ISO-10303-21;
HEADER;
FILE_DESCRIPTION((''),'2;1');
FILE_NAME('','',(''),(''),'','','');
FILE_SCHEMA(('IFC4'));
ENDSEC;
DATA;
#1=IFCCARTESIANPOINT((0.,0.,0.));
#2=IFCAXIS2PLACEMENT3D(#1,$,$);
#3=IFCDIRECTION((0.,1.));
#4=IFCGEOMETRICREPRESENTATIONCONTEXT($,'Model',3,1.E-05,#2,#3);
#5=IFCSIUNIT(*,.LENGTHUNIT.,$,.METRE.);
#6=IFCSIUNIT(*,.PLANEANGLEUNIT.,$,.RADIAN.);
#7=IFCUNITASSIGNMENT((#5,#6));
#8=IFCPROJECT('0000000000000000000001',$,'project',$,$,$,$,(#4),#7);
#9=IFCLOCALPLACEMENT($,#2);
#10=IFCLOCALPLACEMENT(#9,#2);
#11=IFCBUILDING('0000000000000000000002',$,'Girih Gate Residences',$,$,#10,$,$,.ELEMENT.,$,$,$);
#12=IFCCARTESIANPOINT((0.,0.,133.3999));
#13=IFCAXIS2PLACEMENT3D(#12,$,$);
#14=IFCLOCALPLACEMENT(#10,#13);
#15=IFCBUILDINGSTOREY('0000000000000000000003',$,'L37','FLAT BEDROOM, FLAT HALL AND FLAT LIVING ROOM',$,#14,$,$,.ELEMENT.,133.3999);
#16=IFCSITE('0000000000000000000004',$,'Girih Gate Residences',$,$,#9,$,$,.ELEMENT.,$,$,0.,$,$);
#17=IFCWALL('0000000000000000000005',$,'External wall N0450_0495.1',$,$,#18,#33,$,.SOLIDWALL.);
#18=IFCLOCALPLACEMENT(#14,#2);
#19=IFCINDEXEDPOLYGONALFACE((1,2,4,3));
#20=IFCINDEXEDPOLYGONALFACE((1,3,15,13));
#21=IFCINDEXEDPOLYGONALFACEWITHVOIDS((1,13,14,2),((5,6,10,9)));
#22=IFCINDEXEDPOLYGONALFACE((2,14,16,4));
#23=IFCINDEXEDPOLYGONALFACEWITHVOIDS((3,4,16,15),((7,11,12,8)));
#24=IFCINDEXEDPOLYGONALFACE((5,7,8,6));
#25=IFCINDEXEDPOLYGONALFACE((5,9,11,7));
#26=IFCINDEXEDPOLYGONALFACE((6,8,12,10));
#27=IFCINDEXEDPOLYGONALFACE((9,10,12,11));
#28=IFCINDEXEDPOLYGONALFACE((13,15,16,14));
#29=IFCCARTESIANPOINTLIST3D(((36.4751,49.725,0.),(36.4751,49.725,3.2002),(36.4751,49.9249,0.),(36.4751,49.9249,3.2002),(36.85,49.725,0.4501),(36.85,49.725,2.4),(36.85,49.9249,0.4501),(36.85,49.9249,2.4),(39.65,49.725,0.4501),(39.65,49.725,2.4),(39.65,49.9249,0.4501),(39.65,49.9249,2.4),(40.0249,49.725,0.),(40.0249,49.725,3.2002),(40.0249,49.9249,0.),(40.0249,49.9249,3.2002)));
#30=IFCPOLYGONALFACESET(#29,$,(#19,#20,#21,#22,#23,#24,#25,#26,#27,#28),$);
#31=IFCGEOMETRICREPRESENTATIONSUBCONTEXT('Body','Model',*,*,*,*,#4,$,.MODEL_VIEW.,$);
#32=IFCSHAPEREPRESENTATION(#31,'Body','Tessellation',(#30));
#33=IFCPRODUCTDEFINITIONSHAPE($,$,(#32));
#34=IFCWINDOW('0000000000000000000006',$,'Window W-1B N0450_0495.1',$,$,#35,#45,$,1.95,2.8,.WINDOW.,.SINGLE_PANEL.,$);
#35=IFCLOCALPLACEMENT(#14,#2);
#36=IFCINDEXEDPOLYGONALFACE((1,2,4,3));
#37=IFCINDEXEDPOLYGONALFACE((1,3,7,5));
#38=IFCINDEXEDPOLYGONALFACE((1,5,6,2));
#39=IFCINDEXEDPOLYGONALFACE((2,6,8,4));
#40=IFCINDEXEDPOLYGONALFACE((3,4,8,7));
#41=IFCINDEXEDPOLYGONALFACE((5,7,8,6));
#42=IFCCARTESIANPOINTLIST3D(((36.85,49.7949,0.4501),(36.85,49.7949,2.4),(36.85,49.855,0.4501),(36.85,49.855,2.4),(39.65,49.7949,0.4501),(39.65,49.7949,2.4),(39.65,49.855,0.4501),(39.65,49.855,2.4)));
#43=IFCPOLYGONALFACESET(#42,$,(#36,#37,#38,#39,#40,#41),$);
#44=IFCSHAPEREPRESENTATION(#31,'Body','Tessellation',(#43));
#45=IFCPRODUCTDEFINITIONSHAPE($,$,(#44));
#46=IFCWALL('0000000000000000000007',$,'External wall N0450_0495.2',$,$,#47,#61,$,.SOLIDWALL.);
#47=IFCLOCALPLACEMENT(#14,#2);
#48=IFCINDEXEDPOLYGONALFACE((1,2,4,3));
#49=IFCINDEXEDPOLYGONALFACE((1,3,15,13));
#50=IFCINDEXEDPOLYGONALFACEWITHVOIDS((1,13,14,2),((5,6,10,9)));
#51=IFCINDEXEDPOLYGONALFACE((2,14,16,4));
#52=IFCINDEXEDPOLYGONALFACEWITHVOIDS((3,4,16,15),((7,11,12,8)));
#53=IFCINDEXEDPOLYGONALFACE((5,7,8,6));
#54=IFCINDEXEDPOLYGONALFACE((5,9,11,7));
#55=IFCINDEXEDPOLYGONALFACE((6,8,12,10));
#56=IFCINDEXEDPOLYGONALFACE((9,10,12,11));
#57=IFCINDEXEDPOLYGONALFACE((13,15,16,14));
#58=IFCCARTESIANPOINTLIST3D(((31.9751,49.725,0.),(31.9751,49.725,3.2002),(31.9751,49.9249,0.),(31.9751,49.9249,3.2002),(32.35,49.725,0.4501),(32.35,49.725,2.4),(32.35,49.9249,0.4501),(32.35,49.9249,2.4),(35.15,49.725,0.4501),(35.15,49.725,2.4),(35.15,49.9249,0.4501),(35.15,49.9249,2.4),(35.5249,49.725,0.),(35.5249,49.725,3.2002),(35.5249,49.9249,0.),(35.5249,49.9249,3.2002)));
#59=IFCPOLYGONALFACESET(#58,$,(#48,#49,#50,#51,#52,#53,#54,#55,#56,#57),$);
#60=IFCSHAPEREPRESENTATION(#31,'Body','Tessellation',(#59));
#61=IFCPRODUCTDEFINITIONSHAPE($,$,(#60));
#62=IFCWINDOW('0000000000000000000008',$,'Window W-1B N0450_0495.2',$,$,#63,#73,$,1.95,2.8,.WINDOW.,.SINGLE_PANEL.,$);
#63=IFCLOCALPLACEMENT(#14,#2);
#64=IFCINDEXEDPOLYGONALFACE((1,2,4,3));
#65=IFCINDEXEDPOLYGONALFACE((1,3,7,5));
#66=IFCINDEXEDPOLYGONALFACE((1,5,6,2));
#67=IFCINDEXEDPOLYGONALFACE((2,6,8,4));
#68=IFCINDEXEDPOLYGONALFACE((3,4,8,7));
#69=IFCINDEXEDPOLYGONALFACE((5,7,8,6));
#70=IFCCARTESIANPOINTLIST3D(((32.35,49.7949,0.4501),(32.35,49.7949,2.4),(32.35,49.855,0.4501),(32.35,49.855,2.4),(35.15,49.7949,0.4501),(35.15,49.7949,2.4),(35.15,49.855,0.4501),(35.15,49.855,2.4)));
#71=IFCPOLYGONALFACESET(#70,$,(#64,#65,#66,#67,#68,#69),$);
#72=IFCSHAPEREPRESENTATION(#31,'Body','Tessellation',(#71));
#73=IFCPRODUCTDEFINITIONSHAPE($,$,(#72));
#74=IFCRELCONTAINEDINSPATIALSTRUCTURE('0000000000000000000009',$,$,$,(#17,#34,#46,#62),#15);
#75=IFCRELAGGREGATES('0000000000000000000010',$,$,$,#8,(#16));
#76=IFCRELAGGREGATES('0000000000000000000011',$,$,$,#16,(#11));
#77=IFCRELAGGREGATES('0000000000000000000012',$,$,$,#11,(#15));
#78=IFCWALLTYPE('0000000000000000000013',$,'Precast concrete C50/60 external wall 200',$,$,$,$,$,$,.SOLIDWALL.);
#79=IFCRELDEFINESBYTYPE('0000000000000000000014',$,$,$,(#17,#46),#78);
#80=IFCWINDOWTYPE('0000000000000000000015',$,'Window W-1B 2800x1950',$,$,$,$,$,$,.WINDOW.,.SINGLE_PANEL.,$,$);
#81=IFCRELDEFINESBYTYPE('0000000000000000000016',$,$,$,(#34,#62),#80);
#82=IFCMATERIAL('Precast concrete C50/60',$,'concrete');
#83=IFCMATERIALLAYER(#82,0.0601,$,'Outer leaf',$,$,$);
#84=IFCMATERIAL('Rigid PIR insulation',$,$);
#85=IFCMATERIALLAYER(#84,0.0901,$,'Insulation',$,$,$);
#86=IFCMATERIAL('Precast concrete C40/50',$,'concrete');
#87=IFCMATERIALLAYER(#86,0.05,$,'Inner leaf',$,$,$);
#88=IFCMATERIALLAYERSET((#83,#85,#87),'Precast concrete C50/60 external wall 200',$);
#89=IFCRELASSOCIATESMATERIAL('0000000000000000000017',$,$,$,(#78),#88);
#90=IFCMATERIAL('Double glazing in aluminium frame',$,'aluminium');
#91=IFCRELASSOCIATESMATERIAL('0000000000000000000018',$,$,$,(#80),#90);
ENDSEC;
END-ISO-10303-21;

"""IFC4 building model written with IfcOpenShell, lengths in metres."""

from ifc_helpers import new_model, si_unit, direction, frame, frame_2d, origin, place, context, subcontext, project, spatial, rectangle, extrude, material, layer, layer_set, type_object, element, fill, save


model = new_model("IFC4")

# Units and contexts
model_context = context("Model", 3, precision=1e-05, world=origin(), true_north=direction((0.0, 1.0)))
body_context = subcontext(model_context, "Body", "Model", "MODEL_VIEW")
ifc_project = project(units=[si_unit("LENGTHUNIT", "METRE"), si_unit("PLANEANGLEUNIT", "RADIAN")], contexts=[model_context])

# Site, building, storey
site_placement = place(None, origin())
site = spatial("IfcSite", under=ifc_project, at=site_placement, Name="Girih Gate Residences", CompositionType="ELEMENT", RefElevation=0.0)
building_placement = place(site_placement, origin())
building = spatial("IfcBuilding", under=site, at=building_placement, Name="Girih Gate Residences", CompositionType="ELEMENT")
storey_placement = place(building_placement, frame((0.0, 0.0, 133.3999)))
storey = spatial("IfcBuildingStorey", under=building, at=storey_placement, Name="L37", Description="FLAT BEDROOM, FLAT HALL AND FLAT LIVING ROOM", CompositionType="ELEMENT", Elevation=133.3999)

# Walls, openings, windows
ifc_material_1 = material(Name="Precast concrete C50/60", Category="concrete")
ifc_layer_1 = layer(ifc_material_1, 0.0601, Name="Outer leaf")
ifc_material_2 = material(Name="Rigid PIR insulation")
ifc_layer_2 = layer(ifc_material_2, 0.0901, Name="Insulation")
ifc_material_3 = material(Name="Precast concrete C40/50", Category="concrete")
ifc_layer_3 = layer(ifc_material_3, 0.05, Name="Inner leaf")
ifc_layer_set_1 = layer_set([ifc_layer_1, ifc_layer_2, ifc_layer_3], Name="Precast concrete C50/60 external wall 200")
wall_type_1 = type_object("IfcWallType", Name="Precast concrete C50/60 external wall 200", PredefinedType="SOLIDWALL", material=ifc_layer_set_1)
wall_1_placement = place(storey_placement, frame((36.4751, 49.825, 0.0), z_axis=(0.0, 0.0, 1.0), x_axis=(1.0, 0.0, 0.0)))
wall_1 = element("IfcWall", 1, at=wall_1_placement, inside=storey, type_object=wall_type_1, Name="External wall N0450_0495.1", PredefinedType="SOLIDWALL", context=body_context, shape_type="SweptSolid", body=[
    extrude(rectangle(XDim=3.5498, YDim=0.2, at=frame_2d((1.7749, 0.0))), origin(), (0.0, 0.0, 1.0), 3.2002),
])
opening_1_placement = place(wall_1_placement, frame((0.375, 0.0, 0.45)))
opening_1 = element("IfcOpeningElement", 2, at=opening_1_placement, cuts=wall_1, PredefinedType="OPENING", context=body_context, shape_type="SweptSolid", body=[
    extrude(rectangle(XDim=2.8, YDim=1.95, at=frame_2d((1.3999, 0.9751))), frame((0.0, 0.1099, 0.0), z_axis=(0.0, -1.0, 0.0), x_axis=(1.0, 0.0, 0.0)), (0.0, 0.0, 1.0), 0.22),
])
ifc_material_4 = material(Name="Double glazing in aluminium frame", Category="aluminium")
window_type = type_object("IfcWindowType", Name="Window W-1B 2800x1950", PartitioningType="SINGLE_PANEL", PredefinedType="WINDOW", material=ifc_material_4)
window_1_placement = place(opening_1_placement, origin())
window_1 = element("IfcWindow", 3, at=window_1_placement, inside=storey, type_object=window_type, Name="Window W-1B N0450_0495.1", OverallHeight=1.95, OverallWidth=2.8, PartitioningType="SINGLE_PANEL", PredefinedType="WINDOW", context=body_context, shape_type="SweptSolid", body=[
    extrude(rectangle(XDim=2.8, YDim=1.95, at=frame_2d((1.3999, 0.9751))), frame((0.0, 0.03, 0.0), z_axis=(0.0, -1.0, 0.0), x_axis=(1.0, 0.0, 0.0)), (0.0, 0.0, 1.0), 0.0601),
])
fill(opening_1, window_1)
wall_2_placement = place(storey_placement, frame((31.9751, 49.825, 0.0), z_axis=(0.0, 0.0, 1.0), x_axis=(1.0, 0.0, 0.0)))
wall_2 = element("IfcWall", 4, at=wall_2_placement, inside=storey, type_object=wall_type_1, Name="External wall N0450_0495.2", PredefinedType="SOLIDWALL", context=body_context, shape_type="SweptSolid", body=[
    extrude(rectangle(XDim=3.5498, YDim=0.2, at=frame_2d((1.7749, 0.0))), origin(), (0.0, 0.0, 1.0), 3.2002),
])
opening_2_placement = place(wall_2_placement, frame((0.375, 0.0, 0.45)))
opening_2 = element("IfcOpeningElement", 5, at=opening_2_placement, cuts=wall_2, PredefinedType="OPENING", context=body_context, shape_type="SweptSolid", body=[
    extrude(rectangle(XDim=2.8, YDim=1.95, at=frame_2d((1.3999, 0.9751))), frame((0.0, 0.1099, 0.0), z_axis=(0.0, -1.0, 0.0), x_axis=(1.0, 0.0, 0.0)), (0.0, 0.0, 1.0), 0.22),
])
window_2_placement = place(opening_2_placement, origin())
window_2 = element("IfcWindow", 6, at=window_2_placement, inside=storey, type_object=window_type, Name="Window W-1B N0450_0495.2", OverallHeight=1.95, OverallWidth=2.8, PartitioningType="SINGLE_PANEL", PredefinedType="WINDOW", context=body_context, shape_type="SweptSolid", body=[
    extrude(rectangle(XDim=2.8, YDim=1.95, at=frame_2d((1.3999, 0.9751))), frame((0.0, 0.03, 0.0), z_axis=(0.0, -1.0, 0.0), x_axis=(1.0, 0.0, 0.0)), (0.0, 0.0, 1.0), 0.0601),
])
fill(opening_2, window_2)

save(model, "model.ifc")
